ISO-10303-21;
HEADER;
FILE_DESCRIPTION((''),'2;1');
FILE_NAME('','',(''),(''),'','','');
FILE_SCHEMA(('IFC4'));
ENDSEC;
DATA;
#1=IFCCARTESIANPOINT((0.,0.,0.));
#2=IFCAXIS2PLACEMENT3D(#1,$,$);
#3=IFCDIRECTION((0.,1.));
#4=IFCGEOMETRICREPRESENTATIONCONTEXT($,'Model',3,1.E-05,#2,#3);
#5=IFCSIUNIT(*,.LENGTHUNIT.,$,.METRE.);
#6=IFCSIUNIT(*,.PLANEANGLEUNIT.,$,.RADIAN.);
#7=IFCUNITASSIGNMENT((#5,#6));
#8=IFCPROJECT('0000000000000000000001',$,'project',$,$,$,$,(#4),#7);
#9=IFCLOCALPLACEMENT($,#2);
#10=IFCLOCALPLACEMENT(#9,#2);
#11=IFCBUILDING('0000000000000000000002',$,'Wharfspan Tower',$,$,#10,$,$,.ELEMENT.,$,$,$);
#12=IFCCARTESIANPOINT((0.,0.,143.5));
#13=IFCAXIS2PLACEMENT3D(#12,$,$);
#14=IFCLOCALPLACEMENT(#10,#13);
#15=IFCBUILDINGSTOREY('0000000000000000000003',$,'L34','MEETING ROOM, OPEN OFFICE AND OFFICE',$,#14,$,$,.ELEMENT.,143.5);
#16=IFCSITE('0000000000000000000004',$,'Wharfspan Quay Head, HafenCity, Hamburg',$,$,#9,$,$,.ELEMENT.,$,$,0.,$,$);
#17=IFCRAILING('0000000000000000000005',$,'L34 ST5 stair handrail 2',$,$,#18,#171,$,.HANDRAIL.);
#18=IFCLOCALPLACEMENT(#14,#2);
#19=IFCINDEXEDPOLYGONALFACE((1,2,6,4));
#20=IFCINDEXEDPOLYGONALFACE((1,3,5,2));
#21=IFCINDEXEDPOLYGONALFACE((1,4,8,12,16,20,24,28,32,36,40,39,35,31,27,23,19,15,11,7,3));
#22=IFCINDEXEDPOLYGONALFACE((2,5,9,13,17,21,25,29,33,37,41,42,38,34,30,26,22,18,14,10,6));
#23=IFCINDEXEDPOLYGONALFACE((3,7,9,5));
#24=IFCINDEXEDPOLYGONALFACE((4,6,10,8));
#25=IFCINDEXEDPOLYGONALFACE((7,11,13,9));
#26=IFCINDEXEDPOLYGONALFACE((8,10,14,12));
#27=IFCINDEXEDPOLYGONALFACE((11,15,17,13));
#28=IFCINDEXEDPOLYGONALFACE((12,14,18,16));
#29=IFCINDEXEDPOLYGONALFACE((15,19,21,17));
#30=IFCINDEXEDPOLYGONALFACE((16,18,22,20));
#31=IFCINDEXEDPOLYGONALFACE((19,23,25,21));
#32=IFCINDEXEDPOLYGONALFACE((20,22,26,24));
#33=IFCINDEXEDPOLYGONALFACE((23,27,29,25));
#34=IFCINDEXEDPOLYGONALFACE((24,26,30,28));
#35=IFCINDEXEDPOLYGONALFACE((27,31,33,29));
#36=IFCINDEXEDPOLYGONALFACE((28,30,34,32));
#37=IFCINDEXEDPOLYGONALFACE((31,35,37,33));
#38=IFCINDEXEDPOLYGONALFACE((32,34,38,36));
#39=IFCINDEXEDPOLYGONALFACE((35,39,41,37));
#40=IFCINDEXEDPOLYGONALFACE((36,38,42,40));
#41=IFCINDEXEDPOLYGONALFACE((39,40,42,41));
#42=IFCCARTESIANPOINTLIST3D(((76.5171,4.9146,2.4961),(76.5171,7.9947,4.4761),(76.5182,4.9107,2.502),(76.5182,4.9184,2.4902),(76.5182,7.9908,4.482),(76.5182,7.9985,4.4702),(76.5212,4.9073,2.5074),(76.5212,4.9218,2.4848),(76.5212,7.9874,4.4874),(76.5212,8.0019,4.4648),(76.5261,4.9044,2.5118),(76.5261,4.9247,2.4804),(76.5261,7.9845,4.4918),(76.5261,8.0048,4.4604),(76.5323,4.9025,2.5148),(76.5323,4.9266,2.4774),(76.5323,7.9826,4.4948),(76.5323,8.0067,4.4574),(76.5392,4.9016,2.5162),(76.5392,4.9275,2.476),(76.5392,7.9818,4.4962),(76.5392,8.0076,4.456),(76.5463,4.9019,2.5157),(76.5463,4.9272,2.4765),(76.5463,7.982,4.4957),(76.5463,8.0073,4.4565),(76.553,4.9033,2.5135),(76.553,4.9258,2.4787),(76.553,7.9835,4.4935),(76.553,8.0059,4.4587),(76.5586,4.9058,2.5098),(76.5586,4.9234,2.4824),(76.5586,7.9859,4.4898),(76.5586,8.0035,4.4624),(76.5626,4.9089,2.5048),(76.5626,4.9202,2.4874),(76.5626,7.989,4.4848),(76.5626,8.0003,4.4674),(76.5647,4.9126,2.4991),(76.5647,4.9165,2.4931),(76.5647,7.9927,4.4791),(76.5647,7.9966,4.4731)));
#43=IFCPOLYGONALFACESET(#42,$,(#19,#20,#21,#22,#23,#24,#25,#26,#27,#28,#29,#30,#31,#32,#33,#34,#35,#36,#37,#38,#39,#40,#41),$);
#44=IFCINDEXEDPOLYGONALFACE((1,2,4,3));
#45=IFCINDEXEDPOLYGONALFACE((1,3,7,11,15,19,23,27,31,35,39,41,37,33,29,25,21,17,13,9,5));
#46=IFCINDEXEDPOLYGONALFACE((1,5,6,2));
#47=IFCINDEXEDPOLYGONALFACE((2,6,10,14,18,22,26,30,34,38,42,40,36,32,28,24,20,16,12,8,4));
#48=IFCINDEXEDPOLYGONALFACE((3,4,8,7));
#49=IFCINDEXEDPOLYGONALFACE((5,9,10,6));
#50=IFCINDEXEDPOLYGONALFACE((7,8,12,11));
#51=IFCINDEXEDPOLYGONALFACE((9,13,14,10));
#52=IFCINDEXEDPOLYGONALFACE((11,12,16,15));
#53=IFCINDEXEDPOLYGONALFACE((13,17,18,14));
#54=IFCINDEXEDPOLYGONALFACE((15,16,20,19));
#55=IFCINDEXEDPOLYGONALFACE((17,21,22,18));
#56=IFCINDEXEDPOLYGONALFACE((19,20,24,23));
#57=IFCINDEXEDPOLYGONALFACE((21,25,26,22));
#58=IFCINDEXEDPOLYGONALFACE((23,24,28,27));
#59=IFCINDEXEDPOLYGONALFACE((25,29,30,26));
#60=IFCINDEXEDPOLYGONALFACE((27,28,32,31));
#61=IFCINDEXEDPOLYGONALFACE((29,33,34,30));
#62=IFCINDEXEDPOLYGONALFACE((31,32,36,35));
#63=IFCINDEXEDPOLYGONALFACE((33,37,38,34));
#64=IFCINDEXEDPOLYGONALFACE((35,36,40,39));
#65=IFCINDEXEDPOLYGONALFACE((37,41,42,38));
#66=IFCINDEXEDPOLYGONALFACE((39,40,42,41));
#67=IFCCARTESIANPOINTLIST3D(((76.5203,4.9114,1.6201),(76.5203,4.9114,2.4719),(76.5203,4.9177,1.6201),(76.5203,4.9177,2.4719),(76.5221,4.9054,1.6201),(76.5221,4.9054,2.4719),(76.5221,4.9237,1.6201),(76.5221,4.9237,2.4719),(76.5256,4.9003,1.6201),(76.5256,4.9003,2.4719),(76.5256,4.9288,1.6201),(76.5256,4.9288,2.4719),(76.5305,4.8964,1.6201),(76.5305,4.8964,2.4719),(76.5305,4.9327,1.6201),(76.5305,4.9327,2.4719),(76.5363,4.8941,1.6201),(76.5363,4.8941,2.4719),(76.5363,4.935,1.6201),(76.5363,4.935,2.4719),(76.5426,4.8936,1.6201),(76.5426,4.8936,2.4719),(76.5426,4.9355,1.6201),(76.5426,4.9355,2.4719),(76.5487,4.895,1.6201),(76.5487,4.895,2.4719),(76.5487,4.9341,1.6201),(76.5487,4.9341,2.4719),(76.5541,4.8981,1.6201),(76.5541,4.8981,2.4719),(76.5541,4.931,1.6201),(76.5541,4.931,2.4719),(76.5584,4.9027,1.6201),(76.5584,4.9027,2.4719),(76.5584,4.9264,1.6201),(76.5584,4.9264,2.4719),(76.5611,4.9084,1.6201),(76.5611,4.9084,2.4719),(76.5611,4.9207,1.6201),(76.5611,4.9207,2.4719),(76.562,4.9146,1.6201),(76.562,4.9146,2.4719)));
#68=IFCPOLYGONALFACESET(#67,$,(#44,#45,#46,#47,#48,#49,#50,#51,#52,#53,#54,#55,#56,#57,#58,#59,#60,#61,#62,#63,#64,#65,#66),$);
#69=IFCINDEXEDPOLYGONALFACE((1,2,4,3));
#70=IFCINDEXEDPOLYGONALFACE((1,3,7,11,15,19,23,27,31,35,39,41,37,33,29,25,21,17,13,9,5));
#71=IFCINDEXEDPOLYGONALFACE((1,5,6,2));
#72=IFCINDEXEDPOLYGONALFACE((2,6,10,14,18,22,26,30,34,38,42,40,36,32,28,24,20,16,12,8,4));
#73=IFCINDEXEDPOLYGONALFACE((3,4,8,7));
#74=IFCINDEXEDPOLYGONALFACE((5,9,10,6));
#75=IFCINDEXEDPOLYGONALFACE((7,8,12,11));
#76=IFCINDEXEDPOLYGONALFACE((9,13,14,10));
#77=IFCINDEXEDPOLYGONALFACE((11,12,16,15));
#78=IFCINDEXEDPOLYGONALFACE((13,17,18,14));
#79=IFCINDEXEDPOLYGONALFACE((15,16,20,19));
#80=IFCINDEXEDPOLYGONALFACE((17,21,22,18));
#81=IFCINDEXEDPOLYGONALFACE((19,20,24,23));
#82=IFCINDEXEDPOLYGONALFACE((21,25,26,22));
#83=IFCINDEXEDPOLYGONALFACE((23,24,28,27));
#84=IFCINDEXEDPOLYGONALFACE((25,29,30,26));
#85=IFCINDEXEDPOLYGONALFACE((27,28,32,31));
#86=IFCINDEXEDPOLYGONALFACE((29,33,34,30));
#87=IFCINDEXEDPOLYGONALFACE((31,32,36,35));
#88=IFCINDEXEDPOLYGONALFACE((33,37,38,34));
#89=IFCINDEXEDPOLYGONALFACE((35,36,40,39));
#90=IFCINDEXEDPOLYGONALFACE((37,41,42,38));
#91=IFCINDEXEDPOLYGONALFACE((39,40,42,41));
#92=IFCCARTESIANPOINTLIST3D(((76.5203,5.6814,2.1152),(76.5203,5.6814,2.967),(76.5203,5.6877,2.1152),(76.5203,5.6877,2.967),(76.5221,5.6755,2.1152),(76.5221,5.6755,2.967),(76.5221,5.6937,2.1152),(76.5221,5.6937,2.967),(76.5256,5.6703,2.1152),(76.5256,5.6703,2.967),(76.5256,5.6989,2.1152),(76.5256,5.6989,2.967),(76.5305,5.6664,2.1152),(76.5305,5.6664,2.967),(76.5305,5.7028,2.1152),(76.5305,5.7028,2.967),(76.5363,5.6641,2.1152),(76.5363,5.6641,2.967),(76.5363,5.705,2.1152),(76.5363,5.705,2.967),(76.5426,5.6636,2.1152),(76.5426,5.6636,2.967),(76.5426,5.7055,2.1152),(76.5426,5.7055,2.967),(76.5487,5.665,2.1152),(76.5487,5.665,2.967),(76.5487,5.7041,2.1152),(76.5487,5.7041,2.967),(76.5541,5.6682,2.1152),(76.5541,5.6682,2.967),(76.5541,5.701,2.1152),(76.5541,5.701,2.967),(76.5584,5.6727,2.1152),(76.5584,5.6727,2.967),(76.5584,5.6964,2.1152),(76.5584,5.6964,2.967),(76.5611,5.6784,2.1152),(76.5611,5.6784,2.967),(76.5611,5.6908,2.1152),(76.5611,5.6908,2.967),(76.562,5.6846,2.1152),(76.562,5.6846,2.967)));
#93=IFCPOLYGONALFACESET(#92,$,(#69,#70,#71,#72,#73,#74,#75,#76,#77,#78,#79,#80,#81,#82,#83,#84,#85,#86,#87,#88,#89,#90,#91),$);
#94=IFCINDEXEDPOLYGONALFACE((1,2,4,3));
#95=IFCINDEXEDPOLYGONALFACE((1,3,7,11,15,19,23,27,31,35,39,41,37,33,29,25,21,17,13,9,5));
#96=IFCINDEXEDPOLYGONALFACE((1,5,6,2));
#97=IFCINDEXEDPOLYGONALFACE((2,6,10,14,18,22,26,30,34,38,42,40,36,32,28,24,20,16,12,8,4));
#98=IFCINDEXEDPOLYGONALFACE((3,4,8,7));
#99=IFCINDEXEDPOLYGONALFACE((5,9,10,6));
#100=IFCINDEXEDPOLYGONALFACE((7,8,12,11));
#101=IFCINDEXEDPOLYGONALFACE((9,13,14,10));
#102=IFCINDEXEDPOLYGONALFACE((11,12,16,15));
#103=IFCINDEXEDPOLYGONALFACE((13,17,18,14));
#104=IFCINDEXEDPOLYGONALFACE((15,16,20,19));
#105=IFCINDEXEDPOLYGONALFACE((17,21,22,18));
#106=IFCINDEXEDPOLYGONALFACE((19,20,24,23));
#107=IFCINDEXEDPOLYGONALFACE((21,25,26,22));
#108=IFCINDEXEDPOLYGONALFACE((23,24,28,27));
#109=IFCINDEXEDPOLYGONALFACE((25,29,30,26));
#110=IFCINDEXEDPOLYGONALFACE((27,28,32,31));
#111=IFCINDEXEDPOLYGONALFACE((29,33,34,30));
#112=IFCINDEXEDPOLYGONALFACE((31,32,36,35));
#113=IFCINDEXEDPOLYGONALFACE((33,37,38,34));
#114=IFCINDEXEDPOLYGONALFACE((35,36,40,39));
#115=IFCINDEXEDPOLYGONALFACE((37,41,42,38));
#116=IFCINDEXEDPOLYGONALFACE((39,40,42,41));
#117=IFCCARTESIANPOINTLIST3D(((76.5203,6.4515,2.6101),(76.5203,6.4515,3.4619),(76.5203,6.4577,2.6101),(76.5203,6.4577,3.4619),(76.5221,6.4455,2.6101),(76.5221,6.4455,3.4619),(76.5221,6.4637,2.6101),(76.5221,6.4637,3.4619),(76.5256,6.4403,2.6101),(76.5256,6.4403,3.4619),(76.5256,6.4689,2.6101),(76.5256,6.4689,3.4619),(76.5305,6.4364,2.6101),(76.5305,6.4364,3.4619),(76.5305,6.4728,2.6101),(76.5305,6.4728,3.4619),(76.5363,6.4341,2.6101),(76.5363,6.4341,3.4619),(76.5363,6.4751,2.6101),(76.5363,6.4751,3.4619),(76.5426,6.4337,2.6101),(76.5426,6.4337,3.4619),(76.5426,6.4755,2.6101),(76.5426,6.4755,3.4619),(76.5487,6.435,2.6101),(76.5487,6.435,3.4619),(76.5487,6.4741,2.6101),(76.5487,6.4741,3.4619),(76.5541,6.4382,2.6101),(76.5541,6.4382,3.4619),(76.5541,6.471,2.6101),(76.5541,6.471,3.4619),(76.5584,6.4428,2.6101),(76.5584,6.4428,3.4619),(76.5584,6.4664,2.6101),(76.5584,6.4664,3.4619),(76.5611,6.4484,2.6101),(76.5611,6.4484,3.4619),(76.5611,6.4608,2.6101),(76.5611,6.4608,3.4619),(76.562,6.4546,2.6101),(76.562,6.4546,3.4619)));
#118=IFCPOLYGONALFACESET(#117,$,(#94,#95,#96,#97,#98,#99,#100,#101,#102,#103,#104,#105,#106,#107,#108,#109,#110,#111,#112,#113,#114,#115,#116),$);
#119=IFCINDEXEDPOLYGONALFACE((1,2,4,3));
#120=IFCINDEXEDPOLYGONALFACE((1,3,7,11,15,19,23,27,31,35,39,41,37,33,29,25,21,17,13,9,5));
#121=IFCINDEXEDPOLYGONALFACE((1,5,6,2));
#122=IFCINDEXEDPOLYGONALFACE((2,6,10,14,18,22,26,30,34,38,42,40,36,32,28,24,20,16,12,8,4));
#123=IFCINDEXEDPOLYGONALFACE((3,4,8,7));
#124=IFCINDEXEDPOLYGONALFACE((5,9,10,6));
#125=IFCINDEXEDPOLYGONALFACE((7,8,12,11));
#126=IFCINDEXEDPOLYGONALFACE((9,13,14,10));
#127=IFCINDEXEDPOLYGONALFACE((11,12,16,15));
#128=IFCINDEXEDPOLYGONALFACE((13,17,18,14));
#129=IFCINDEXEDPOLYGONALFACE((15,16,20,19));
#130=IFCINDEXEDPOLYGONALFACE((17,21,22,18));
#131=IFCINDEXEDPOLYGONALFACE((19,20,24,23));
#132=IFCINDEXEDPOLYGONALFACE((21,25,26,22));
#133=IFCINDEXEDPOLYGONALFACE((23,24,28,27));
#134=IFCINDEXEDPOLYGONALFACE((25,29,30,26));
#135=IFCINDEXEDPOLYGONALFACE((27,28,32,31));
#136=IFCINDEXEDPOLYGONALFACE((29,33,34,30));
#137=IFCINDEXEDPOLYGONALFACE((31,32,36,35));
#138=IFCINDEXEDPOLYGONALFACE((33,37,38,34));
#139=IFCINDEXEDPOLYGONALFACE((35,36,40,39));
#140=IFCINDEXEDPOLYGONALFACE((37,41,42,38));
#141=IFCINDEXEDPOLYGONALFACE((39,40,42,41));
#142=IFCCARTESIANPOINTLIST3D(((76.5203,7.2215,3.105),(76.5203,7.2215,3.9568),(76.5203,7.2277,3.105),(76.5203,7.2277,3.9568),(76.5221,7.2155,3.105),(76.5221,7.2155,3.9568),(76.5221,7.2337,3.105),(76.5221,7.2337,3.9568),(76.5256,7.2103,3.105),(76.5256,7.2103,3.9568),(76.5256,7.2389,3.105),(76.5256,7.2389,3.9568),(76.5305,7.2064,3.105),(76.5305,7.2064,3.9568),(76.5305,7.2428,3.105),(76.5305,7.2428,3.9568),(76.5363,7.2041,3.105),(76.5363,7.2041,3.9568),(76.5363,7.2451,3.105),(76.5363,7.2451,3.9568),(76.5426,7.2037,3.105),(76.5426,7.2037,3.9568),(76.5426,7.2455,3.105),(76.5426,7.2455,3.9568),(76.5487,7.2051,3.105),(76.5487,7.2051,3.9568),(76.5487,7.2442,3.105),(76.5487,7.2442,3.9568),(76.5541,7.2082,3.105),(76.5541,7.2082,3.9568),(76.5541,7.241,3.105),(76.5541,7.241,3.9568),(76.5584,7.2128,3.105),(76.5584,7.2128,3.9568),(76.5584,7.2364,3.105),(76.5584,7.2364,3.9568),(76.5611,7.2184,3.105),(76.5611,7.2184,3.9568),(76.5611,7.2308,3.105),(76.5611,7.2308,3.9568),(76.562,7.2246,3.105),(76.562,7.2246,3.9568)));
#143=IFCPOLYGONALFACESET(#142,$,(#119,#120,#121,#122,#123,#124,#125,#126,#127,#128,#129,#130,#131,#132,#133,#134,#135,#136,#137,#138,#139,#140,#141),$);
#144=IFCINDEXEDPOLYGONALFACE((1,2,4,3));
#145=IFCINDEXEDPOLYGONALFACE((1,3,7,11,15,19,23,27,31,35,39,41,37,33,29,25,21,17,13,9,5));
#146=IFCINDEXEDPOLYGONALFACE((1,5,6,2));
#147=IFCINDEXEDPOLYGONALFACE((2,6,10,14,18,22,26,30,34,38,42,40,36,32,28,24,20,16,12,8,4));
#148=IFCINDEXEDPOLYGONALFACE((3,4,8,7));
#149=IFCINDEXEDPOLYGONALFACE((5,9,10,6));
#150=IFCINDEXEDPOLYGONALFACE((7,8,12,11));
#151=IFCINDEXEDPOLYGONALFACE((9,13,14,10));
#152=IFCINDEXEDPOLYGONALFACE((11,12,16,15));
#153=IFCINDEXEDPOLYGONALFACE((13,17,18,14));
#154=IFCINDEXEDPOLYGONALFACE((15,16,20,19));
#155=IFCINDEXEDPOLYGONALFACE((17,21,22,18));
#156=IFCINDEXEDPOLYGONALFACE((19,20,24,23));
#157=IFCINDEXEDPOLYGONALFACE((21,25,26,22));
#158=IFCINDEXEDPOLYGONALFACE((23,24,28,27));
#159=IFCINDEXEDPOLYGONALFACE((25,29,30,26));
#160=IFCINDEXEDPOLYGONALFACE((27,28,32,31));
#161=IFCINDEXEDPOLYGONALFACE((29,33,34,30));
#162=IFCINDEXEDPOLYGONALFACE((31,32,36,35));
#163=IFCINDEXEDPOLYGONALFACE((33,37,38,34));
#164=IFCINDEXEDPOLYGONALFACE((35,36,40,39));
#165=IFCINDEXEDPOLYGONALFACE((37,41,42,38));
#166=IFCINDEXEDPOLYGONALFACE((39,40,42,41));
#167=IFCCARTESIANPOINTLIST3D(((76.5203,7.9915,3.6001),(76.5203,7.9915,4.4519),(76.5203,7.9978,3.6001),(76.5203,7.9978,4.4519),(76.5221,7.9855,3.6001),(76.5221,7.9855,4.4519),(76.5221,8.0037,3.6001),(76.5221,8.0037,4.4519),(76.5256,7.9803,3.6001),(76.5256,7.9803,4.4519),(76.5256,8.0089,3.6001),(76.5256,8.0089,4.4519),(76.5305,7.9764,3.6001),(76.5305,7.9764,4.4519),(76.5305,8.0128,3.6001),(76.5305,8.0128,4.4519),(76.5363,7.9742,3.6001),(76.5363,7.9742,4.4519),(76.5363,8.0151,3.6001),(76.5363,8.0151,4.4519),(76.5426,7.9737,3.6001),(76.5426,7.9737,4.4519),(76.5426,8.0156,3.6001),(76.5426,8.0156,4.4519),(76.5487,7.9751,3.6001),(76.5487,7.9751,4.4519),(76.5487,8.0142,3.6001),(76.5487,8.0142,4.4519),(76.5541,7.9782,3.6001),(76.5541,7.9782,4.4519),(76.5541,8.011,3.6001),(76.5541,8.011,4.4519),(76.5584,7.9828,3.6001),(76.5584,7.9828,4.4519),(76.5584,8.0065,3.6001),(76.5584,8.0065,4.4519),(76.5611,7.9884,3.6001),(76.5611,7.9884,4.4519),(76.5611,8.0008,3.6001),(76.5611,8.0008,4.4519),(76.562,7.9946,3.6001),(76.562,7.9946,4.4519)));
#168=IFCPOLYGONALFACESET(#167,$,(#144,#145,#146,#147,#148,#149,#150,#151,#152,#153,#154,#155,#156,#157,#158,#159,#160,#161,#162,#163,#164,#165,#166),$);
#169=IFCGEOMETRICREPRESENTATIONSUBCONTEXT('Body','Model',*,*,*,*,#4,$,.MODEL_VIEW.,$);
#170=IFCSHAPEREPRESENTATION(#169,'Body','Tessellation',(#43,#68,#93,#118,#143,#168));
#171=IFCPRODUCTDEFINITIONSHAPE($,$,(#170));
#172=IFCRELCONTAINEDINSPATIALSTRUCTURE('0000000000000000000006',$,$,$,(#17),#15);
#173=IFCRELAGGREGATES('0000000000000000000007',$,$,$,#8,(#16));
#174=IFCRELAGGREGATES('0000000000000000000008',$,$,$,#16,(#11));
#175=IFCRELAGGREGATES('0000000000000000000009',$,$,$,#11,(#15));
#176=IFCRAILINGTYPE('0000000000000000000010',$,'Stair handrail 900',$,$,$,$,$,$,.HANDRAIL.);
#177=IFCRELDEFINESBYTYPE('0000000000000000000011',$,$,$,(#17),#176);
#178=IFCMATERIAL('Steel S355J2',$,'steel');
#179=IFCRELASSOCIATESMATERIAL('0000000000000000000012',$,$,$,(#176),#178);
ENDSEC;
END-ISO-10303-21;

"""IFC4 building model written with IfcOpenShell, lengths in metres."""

from ifc_helpers import new_model, si_unit, direction, frame, origin, origin_2d, place, context, subcontext, project, spatial, circle, extrude, material, type_object, element, save


model = new_model("IFC4")

# Units and contexts
model_context = context("Model", 3, precision=1e-05, world=origin(), true_north=direction((0.0, 1.0)))
body_context = subcontext(model_context, "Body", "Model", "MODEL_VIEW")
ifc_project = project(units=[si_unit("LENGTHUNIT", "METRE"), si_unit("PLANEANGLEUNIT", "RADIAN")], contexts=[model_context])

# Site, building, storey
site_placement = place(None, origin())
site = spatial("IfcSite", under=ifc_project, at=site_placement, Name="Wharfspan Quay Head, HafenCity, Hamburg", CompositionType="ELEMENT", RefElevation=0.0)
building_placement = place(site_placement, origin())
building = spatial("IfcBuilding", under=site, at=building_placement, Name="Wharfspan Tower", CompositionType="ELEMENT")
storey_placement = place(building_placement, frame((0.0, 0.0, 143.5)))
storey = spatial("IfcBuildingStorey", under=building, at=storey_placement, Name="L34", Description="MEETING ROOM, OPEN OFFICE AND OFFICE", CompositionType="ELEMENT", Elevation=143.5)

# Railing
ifc_material_1 = material(Name="Steel S355J2", Category="steel")
railing_type_1 = type_object("IfcRailingType", Name="Stair handrail 900", PredefinedType="HANDRAIL", material=ifc_material_1)
railing_1_placement = place(storey_placement, frame((76.541, 4.9146, 1.6201)))
element("IfcRailing", 1, at=railing_1_placement, inside=storey, type_object=railing_type_1, Name="L34 ST5 stair handrail 2", PredefinedType="HANDRAIL", context=body_context, shape_type="SweptSolid", body=[
    extrude(circle(Radius=0.0239, at=origin_2d()), frame((0.0, 0.0, 0.876), z_axis=(0.0, 0.841187, 0.540744), x_axis=(-1.0, 0.0, 0.0)), (0.0, 0.0, 1.0), 3.6616),
    extrude(circle(Radius=0.021, at=origin_2d()), origin(), (0.0, 0.0, 1.0), 0.8518),
    extrude(circle(Radius=0.021, at=origin_2d()), frame((0.0, 0.77, 0.4951)), (0.0, 0.0, 1.0), 0.8518),
    extrude(circle(Radius=0.021, at=origin_2d()), frame((0.0, 1.54, 0.99)), (0.0, 0.0, 1.0), 0.8518),
    extrude(circle(Radius=0.021, at=origin_2d()), frame((0.0, 2.3101, 1.4849)), (0.0, 0.0, 1.0), 0.8518),
    extrude(circle(Radius=0.021, at=origin_2d()), frame((0.0, 3.0801, 1.98)), (0.0, 0.0, 1.0), 0.8518),
])

save(model, "model.ifc")
